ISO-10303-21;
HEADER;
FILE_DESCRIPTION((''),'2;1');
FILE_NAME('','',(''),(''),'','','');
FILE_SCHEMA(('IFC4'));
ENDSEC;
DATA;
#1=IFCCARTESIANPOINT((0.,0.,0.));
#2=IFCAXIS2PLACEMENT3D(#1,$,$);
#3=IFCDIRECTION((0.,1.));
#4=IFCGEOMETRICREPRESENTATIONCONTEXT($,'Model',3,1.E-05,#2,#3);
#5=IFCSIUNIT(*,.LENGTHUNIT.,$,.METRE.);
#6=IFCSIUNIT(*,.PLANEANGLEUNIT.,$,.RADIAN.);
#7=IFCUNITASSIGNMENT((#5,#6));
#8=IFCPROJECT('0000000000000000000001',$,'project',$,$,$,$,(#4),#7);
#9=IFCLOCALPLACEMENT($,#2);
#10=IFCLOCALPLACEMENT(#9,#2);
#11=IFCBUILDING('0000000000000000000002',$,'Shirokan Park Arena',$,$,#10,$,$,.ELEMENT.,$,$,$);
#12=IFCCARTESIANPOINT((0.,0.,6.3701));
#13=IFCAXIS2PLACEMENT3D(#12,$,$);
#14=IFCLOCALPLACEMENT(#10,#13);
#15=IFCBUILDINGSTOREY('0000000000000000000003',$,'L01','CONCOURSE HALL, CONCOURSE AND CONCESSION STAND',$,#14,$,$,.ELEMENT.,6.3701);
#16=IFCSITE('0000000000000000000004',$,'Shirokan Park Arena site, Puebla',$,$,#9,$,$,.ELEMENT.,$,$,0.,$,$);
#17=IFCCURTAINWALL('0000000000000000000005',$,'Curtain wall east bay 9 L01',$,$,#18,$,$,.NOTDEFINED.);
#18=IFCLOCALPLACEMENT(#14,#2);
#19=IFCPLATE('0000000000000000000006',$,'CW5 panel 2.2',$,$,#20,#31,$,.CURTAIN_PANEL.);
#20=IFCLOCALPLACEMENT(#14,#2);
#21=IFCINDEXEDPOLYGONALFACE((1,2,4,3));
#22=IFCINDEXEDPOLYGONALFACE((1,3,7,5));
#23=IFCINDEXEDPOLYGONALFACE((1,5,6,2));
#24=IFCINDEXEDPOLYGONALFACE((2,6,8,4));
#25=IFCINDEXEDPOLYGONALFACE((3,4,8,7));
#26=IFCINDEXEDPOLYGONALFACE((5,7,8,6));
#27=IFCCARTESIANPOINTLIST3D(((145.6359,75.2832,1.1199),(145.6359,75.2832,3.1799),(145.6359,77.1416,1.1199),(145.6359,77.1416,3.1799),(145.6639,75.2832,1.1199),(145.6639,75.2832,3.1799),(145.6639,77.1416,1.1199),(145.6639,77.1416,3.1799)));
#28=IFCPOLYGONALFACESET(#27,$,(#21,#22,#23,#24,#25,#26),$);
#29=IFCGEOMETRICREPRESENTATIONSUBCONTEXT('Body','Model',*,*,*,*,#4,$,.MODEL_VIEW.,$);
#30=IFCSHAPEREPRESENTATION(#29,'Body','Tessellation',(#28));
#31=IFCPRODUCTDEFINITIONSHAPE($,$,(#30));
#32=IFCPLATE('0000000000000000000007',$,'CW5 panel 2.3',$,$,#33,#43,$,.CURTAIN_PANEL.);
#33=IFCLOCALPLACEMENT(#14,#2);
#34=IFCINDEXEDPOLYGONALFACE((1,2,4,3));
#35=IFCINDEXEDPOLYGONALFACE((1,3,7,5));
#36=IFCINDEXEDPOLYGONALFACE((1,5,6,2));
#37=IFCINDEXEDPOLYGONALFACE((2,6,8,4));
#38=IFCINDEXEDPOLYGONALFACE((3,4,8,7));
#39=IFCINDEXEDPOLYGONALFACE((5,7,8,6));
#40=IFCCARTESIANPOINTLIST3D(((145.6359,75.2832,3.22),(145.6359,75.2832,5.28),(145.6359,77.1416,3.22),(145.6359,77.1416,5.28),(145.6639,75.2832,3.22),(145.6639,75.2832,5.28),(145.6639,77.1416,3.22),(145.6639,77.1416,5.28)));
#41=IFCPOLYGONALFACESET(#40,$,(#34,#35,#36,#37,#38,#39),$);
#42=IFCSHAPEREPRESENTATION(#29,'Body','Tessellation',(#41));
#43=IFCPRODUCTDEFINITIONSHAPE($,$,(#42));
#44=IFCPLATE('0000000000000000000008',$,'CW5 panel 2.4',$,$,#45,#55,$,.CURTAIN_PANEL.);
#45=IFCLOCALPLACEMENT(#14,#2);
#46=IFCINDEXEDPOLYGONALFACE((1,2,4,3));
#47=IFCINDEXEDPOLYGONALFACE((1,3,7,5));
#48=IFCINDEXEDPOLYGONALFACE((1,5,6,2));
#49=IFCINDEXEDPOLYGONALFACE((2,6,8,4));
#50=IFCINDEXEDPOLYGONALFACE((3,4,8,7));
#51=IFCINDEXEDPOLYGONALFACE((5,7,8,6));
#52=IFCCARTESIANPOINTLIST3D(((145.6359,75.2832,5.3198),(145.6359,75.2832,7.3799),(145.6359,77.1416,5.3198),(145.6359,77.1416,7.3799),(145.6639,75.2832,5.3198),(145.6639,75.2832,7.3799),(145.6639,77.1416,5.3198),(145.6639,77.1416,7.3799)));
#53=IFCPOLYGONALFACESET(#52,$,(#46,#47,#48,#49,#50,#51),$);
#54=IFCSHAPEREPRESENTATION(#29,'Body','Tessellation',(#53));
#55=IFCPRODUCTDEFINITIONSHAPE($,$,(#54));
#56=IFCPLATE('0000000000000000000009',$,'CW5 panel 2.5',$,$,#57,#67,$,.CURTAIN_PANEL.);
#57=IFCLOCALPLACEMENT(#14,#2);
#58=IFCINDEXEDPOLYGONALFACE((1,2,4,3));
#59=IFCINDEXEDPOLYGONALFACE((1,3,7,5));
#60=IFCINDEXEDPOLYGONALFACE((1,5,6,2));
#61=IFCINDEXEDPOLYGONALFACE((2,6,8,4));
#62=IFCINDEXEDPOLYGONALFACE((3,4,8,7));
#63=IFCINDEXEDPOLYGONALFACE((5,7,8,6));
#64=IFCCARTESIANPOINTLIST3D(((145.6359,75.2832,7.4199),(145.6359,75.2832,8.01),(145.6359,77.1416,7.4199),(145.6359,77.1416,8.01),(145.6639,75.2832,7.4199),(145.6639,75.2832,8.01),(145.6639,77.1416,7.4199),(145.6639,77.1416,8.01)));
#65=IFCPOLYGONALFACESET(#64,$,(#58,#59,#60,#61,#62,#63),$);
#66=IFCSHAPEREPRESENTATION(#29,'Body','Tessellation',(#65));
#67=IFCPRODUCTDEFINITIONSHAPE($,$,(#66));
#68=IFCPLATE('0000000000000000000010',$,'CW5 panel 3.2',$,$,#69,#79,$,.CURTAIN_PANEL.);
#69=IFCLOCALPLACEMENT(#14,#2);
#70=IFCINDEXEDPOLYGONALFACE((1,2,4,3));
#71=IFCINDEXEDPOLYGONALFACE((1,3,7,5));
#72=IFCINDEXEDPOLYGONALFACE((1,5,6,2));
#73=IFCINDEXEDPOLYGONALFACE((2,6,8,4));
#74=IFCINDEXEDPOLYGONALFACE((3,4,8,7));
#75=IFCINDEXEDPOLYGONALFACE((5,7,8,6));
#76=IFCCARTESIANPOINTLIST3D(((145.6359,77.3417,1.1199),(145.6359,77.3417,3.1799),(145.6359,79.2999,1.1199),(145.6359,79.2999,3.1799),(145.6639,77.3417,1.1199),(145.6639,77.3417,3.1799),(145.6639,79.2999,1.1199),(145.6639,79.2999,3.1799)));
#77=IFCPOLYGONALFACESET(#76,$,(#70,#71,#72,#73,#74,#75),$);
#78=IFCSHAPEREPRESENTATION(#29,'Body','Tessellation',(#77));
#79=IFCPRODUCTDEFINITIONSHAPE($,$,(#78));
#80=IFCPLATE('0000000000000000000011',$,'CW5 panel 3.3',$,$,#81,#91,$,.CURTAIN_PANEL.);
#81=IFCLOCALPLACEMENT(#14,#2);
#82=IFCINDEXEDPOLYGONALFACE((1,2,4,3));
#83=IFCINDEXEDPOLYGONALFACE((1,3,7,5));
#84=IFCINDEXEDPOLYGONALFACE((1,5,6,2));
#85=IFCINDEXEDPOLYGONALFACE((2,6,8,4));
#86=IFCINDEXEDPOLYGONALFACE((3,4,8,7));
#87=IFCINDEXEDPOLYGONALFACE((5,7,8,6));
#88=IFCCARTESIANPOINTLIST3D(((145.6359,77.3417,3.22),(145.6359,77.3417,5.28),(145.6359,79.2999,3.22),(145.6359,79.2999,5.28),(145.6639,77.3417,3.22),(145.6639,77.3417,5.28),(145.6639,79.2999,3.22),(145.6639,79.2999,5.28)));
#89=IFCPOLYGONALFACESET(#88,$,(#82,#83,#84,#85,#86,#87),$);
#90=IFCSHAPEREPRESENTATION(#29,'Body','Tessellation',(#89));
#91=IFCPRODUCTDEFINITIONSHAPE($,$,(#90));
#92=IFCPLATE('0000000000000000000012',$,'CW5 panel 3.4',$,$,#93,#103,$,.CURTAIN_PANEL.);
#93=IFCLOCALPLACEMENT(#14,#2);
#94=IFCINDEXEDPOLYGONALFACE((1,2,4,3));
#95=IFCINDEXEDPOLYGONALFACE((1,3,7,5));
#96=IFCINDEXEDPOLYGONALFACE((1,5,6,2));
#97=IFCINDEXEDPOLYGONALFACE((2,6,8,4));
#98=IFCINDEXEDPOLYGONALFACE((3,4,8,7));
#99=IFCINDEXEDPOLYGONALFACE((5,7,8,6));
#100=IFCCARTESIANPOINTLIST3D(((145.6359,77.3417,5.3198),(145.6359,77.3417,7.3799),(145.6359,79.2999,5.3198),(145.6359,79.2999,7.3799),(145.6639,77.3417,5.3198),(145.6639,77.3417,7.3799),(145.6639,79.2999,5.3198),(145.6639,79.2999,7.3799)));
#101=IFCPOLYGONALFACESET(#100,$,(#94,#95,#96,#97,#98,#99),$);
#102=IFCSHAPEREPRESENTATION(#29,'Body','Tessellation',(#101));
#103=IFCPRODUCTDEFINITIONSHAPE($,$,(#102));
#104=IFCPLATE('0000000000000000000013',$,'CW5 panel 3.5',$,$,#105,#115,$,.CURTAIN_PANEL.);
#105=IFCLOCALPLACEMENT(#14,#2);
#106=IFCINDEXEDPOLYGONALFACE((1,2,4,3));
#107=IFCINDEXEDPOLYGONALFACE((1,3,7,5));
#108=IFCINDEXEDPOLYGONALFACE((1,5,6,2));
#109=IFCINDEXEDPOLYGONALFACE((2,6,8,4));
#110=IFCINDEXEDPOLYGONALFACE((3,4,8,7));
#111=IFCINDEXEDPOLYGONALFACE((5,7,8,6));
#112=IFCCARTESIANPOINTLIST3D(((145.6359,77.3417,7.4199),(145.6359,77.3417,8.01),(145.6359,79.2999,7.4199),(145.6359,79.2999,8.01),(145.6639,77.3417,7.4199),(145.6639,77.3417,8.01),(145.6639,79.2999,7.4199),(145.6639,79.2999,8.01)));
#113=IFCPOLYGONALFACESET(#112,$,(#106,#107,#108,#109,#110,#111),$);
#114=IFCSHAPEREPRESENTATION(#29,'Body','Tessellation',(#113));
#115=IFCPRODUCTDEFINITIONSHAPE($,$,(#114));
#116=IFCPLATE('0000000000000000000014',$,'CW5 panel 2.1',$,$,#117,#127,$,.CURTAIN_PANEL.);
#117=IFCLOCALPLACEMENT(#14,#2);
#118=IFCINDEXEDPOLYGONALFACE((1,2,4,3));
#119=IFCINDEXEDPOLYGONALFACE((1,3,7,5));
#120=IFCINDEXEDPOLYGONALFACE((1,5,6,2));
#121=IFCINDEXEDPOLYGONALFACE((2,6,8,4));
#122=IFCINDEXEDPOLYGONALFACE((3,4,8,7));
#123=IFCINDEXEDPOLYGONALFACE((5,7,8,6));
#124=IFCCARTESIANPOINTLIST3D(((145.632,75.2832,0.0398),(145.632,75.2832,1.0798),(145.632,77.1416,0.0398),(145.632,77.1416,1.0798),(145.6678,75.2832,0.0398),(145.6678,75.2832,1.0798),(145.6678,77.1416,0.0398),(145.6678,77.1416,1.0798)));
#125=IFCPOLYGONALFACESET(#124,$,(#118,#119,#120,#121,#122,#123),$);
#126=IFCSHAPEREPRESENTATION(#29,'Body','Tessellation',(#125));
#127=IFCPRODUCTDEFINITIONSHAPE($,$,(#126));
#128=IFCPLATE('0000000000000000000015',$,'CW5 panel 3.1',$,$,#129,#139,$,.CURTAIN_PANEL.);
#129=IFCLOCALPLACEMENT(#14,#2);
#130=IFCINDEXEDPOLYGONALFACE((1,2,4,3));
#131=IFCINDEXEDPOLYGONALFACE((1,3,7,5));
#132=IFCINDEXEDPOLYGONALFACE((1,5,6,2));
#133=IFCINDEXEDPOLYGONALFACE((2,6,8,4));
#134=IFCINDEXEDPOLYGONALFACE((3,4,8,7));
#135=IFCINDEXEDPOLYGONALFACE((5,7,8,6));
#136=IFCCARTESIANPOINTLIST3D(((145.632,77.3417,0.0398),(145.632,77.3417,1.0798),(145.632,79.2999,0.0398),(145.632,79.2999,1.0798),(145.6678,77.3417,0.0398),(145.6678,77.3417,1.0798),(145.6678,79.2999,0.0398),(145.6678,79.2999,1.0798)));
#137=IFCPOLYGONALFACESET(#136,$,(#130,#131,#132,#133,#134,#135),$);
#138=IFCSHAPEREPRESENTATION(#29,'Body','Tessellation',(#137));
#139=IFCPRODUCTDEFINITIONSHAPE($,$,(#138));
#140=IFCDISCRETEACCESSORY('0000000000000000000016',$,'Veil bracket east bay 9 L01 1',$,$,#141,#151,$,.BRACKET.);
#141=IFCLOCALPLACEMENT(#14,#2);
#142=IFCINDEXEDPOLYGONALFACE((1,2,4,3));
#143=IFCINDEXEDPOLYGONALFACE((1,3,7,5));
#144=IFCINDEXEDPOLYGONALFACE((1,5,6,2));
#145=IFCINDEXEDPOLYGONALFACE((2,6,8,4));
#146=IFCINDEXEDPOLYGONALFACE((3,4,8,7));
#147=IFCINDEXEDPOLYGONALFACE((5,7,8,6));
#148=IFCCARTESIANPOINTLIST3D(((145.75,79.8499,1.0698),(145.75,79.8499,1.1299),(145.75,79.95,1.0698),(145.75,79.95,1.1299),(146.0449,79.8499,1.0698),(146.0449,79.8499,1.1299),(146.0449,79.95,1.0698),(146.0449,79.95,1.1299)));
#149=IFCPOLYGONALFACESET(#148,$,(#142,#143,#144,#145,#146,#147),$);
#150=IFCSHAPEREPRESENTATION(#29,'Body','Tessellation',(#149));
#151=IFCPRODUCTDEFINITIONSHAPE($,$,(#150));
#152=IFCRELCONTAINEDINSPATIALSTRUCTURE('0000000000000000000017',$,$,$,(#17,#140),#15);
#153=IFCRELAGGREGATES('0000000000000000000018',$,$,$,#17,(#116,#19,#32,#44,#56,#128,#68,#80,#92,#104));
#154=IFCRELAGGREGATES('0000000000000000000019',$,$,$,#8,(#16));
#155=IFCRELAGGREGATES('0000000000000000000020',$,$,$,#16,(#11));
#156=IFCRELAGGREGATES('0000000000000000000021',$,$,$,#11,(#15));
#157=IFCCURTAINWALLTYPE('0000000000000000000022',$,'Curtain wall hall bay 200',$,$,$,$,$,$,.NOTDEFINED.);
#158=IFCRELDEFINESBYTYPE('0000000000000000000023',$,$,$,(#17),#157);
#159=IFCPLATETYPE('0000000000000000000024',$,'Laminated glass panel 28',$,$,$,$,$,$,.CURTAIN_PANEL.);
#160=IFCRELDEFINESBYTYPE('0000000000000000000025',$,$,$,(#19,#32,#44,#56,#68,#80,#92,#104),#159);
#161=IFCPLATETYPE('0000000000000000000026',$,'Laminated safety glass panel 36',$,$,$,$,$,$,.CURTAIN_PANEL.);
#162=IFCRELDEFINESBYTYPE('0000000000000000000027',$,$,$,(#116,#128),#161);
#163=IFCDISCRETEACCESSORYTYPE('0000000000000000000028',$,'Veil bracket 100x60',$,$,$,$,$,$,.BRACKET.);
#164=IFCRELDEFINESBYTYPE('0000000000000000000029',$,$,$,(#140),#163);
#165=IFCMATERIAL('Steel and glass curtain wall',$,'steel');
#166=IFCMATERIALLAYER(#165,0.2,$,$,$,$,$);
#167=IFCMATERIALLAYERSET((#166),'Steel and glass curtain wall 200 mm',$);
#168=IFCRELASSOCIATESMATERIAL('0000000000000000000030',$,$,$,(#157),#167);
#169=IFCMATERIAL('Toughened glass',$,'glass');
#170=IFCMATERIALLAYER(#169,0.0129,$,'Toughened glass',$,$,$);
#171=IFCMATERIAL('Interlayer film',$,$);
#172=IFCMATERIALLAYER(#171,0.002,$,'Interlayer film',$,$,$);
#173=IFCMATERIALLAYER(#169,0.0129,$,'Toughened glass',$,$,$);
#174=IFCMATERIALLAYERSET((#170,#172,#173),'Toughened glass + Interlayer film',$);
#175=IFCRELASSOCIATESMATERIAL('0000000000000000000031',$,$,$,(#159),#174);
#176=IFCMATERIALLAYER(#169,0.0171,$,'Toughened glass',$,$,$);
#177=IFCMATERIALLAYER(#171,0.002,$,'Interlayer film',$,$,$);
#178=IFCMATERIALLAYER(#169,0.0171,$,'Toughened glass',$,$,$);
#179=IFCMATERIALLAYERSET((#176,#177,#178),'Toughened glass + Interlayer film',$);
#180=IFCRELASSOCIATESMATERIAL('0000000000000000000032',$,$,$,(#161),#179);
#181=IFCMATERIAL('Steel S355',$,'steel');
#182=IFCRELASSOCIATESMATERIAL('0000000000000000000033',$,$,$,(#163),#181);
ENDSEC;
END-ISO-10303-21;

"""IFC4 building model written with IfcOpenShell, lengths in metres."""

from ifc_helpers import new_model, si_unit, direction, frame, origin, origin_2d, place, context, subcontext, project, spatial, rectangle, extrude, material, layer, layer_set, type_object, element, aggregate, save


model = new_model("IFC4")

# Units and contexts
model_context = context("Model", 3, precision=1e-05, world=origin(), true_north=direction((0.0, 1.0)))
body_context = subcontext(model_context, "Body", "Model", "MODEL_VIEW")
ifc_project = project(units=[si_unit("LENGTHUNIT", "METRE"), si_unit("PLANEANGLEUNIT", "RADIAN")], contexts=[model_context])

# Site, building, storey
site_placement = place(None, origin())
site = spatial("IfcSite", under=ifc_project, at=site_placement, Name="Shirokan Park Arena site, Puebla", CompositionType="ELEMENT", RefElevation=0.0)
building_placement = place(site_placement, origin())
building = spatial("IfcBuilding", under=site, at=building_placement, Name="Shirokan Park Arena", CompositionType="ELEMENT")
storey_placement = place(building_placement, frame((0.0, 0.0, 6.3701)))
storey = spatial("IfcBuildingStorey", under=building, at=storey_placement, Name="L01", Description="CONCOURSE HALL, CONCOURSE AND CONCESSION STAND", CompositionType="ELEMENT", Elevation=6.3701)

# Curtain wall, plates
ifc_material_1 = material(Name="Steel and glass curtain wall", Category="steel")
ifc_layer_1 = layer(ifc_material_1, 0.2)
ifc_layer_set_1 = layer_set([ifc_layer_1], Name="Steel and glass curtain wall 200 mm")
curtain_wall_type = type_object("IfcCurtainWallType", Name="Curtain wall hall bay 200", PredefinedType="NOTDEFINED", material=ifc_layer_set_1)
curtain_wall_placement = place(storey_placement, origin())
curtain_wall = element("IfcCurtainWall", 1, at=curtain_wall_placement, inside=storey, type_object=curtain_wall_type, Name="Curtain wall east bay 9 L01", PredefinedType="NOTDEFINED")
ifc_material_2 = material(Name="Steel S355", Category="steel")
ifc_material_3 = material(Name="Toughened glass", Category="glass")
ifc_layer_2 = layer(ifc_material_3, 0.0129, Name="Toughened glass")
ifc_material_4 = material(Name="Interlayer film")
ifc_layer_3 = layer(ifc_material_4, 0.002, Name="Interlayer film")
ifc_layer_4 = layer(ifc_material_3, 0.0129, Name="Toughened glass")
ifc_layer_set_2 = layer_set([ifc_layer_2, ifc_layer_3, ifc_layer_4], Name="Toughened glass + Interlayer film")
plate_type_1 = type_object("IfcPlateType", Name="Laminated glass panel 28", PredefinedType="CURTAIN_PANEL", material=ifc_layer_set_2)
plate_1_placement = place(storey_placement, frame((145.6499, 76.2124, 1.1199), z_axis=(0.0, 0.0, 1.0), x_axis=(0.0, 1.0, 0.0)))
plate_1 = element("IfcPlate", 2, at=plate_1_placement, type_object=plate_type_1, Name="CW5 panel 2.2", PredefinedType="CURTAIN_PANEL", context=body_context, shape_type="SweptSolid", body=[
    extrude(rectangle(XDim=1.8584, YDim=0.0281, at=origin_2d()), origin(), (0.0, 0.0, 1.0), 2.0601),
])
plate_2_placement = place(storey_placement, frame((145.6499, 76.2124, 3.22), z_axis=(0.0, 0.0, 1.0), x_axis=(0.0, 1.0, 0.0)))
plate_2 = element("IfcPlate", 3, at=plate_2_placement, type_object=plate_type_1, Name="CW5 panel 2.3", PredefinedType="CURTAIN_PANEL", context=body_context, shape_type="SweptSolid", body=[
    extrude(rectangle(XDim=1.8584, YDim=0.0281, at=origin_2d()), origin(), (0.0, 0.0, 1.0), 2.0601),
])
plate_3_placement = place(storey_placement, frame((145.6499, 76.2124, 5.3198), z_axis=(0.0, 0.0, 1.0), x_axis=(0.0, 1.0, 0.0)))
plate_3 = element("IfcPlate", 4, at=plate_3_placement, type_object=plate_type_1, Name="CW5 panel 2.4", PredefinedType="CURTAIN_PANEL", context=body_context, shape_type="SweptSolid", body=[
    extrude(rectangle(XDim=1.8584, YDim=0.0281, at=origin_2d()), origin(), (0.0, 0.0, 1.0), 2.0601),
])
plate_4_placement = place(storey_placement, frame((145.6499, 76.2124, 7.4199), z_axis=(0.0, 0.0, 1.0), x_axis=(0.0, 1.0, 0.0)))
plate_4 = element("IfcPlate", 5, at=plate_4_placement, type_object=plate_type_1, Name="CW5 panel 2.5", PredefinedType="CURTAIN_PANEL", context=body_context, shape_type="SweptSolid", body=[
    extrude(rectangle(XDim=1.8584, YDim=0.0281, at=origin_2d()), origin(), (0.0, 0.0, 1.0), 0.5901),
])
plate_5_placement = place(storey_placement, frame((145.6499, 78.3208, 1.1199), z_axis=(0.0, 0.0, 1.0), x_axis=(0.0, 1.0, 0.0)))
plate_5 = element("IfcPlate", 6, at=plate_5_placement, type_object=plate_type_1, Name="CW5 panel 3.2", PredefinedType="CURTAIN_PANEL", context=body_context, shape_type="SweptSolid", body=[
    extrude(rectangle(XDim=1.9583, YDim=0.0281, at=origin_2d()), origin(), (0.0, 0.0, 1.0), 2.0601),
])
plate_6_placement = place(storey_placement, frame((145.6499, 78.3208, 3.22), z_axis=(0.0, 0.0, 1.0), x_axis=(0.0, 1.0, 0.0)))
plate_6 = element("IfcPlate", 7, at=plate_6_placement, type_object=plate_type_1, Name="CW5 panel 3.3", PredefinedType="CURTAIN_PANEL", context=body_context, shape_type="SweptSolid", body=[
    extrude(rectangle(XDim=1.9583, YDim=0.0281, at=origin_2d()), origin(), (0.0, 0.0, 1.0), 2.0601),
])
plate_7_placement = place(storey_placement, frame((145.6499, 78.3208, 5.3198), z_axis=(0.0, 0.0, 1.0), x_axis=(0.0, 1.0, 0.0)))
plate_7 = element("IfcPlate", 8, at=plate_7_placement, type_object=plate_type_1, Name="CW5 panel 3.4", PredefinedType="CURTAIN_PANEL", context=body_context, shape_type="SweptSolid", body=[
    extrude(rectangle(XDim=1.9583, YDim=0.0281, at=origin_2d()), origin(), (0.0, 0.0, 1.0), 2.0601),
])
plate_8_placement = place(storey_placement, frame((145.6499, 78.3208, 7.4199), z_axis=(0.0, 0.0, 1.0), x_axis=(0.0, 1.0, 0.0)))
plate_8 = element("IfcPlate", 9, at=plate_8_placement, type_object=plate_type_1, Name="CW5 panel 3.5", PredefinedType="CURTAIN_PANEL", context=body_context, shape_type="SweptSolid", body=[
    extrude(rectangle(XDim=1.9583, YDim=0.0281, at=origin_2d()), origin(), (0.0, 0.0, 1.0), 0.5901),
])
ifc_layer_5 = layer(ifc_material_3, 0.0171, Name="Toughened glass")
ifc_layer_6 = layer(ifc_material_4, 0.002, Name="Interlayer film")
ifc_layer_7 = layer(ifc_material_3, 0.0171, Name="Toughened glass")
ifc_layer_set_3 = layer_set([ifc_layer_5, ifc_layer_6, ifc_layer_7], Name="Toughened glass + Interlayer film")
plate_type_2 = type_object("IfcPlateType", Name="Laminated safety glass panel 36", PredefinedType="CURTAIN_PANEL", material=ifc_layer_set_3)
plate_9_placement = place(storey_placement, frame((145.6499, 76.2124, 0.0398), z_axis=(0.0, 0.0, 1.0), x_axis=(0.0, 1.0, 0.0)))
plate_9 = element("IfcPlate", 10, at=plate_9_placement, type_object=plate_type_2, Name="CW5 panel 2.1", PredefinedType="CURTAIN_PANEL", context=body_context, shape_type="SweptSolid", body=[
    extrude(rectangle(XDim=1.8584, YDim=0.0359, at=origin_2d()), origin(), (0.0, 0.0, 1.0), 1.04),
])
plate_10_placement = place(storey_placement, frame((145.6499, 78.3208, 0.0398), z_axis=(0.0, 0.0, 1.0), x_axis=(0.0, 1.0, 0.0)))
plate_10 = element("IfcPlate", 11, at=plate_10_placement, type_object=plate_type_2, Name="CW5 panel 3.1", PredefinedType="CURTAIN_PANEL", context=body_context, shape_type="SweptSolid", body=[
    extrude(rectangle(XDim=1.9583, YDim=0.0359, at=origin_2d()), origin(), (0.0, 0.0, 1.0), 1.04),
])
aggregate(curtain_wall, [plate_9, plate_1, plate_2, plate_3, plate_4, plate_10, plate_5, plate_6, plate_7, plate_8])

# Discrete accessory
discrete_accessory_type = type_object("IfcDiscreteAccessoryType", Name="Veil bracket 100x60", PredefinedType="BRACKET", material=ifc_material_2)
discrete_accessory_placement = place(storey_placement, frame((145.8975, 79.8999, 1.0698), z_axis=(0.0, 0.0, 1.0), x_axis=(0.0, 1.0, 0.0)))
element("IfcDiscreteAccessory", 12, at=discrete_accessory_placement, inside=storey, type_object=discrete_accessory_type, Name="Veil bracket east bay 9 L01 1", PredefinedType="BRACKET", context=body_context, shape_type="SweptSolid", body=[
    extrude(rectangle(XDim=0.1001, YDim=0.2949, at=origin_2d()), origin(), (0.0, 0.0, 1.0), 0.0601),
])

save(model, "model.ifc")
